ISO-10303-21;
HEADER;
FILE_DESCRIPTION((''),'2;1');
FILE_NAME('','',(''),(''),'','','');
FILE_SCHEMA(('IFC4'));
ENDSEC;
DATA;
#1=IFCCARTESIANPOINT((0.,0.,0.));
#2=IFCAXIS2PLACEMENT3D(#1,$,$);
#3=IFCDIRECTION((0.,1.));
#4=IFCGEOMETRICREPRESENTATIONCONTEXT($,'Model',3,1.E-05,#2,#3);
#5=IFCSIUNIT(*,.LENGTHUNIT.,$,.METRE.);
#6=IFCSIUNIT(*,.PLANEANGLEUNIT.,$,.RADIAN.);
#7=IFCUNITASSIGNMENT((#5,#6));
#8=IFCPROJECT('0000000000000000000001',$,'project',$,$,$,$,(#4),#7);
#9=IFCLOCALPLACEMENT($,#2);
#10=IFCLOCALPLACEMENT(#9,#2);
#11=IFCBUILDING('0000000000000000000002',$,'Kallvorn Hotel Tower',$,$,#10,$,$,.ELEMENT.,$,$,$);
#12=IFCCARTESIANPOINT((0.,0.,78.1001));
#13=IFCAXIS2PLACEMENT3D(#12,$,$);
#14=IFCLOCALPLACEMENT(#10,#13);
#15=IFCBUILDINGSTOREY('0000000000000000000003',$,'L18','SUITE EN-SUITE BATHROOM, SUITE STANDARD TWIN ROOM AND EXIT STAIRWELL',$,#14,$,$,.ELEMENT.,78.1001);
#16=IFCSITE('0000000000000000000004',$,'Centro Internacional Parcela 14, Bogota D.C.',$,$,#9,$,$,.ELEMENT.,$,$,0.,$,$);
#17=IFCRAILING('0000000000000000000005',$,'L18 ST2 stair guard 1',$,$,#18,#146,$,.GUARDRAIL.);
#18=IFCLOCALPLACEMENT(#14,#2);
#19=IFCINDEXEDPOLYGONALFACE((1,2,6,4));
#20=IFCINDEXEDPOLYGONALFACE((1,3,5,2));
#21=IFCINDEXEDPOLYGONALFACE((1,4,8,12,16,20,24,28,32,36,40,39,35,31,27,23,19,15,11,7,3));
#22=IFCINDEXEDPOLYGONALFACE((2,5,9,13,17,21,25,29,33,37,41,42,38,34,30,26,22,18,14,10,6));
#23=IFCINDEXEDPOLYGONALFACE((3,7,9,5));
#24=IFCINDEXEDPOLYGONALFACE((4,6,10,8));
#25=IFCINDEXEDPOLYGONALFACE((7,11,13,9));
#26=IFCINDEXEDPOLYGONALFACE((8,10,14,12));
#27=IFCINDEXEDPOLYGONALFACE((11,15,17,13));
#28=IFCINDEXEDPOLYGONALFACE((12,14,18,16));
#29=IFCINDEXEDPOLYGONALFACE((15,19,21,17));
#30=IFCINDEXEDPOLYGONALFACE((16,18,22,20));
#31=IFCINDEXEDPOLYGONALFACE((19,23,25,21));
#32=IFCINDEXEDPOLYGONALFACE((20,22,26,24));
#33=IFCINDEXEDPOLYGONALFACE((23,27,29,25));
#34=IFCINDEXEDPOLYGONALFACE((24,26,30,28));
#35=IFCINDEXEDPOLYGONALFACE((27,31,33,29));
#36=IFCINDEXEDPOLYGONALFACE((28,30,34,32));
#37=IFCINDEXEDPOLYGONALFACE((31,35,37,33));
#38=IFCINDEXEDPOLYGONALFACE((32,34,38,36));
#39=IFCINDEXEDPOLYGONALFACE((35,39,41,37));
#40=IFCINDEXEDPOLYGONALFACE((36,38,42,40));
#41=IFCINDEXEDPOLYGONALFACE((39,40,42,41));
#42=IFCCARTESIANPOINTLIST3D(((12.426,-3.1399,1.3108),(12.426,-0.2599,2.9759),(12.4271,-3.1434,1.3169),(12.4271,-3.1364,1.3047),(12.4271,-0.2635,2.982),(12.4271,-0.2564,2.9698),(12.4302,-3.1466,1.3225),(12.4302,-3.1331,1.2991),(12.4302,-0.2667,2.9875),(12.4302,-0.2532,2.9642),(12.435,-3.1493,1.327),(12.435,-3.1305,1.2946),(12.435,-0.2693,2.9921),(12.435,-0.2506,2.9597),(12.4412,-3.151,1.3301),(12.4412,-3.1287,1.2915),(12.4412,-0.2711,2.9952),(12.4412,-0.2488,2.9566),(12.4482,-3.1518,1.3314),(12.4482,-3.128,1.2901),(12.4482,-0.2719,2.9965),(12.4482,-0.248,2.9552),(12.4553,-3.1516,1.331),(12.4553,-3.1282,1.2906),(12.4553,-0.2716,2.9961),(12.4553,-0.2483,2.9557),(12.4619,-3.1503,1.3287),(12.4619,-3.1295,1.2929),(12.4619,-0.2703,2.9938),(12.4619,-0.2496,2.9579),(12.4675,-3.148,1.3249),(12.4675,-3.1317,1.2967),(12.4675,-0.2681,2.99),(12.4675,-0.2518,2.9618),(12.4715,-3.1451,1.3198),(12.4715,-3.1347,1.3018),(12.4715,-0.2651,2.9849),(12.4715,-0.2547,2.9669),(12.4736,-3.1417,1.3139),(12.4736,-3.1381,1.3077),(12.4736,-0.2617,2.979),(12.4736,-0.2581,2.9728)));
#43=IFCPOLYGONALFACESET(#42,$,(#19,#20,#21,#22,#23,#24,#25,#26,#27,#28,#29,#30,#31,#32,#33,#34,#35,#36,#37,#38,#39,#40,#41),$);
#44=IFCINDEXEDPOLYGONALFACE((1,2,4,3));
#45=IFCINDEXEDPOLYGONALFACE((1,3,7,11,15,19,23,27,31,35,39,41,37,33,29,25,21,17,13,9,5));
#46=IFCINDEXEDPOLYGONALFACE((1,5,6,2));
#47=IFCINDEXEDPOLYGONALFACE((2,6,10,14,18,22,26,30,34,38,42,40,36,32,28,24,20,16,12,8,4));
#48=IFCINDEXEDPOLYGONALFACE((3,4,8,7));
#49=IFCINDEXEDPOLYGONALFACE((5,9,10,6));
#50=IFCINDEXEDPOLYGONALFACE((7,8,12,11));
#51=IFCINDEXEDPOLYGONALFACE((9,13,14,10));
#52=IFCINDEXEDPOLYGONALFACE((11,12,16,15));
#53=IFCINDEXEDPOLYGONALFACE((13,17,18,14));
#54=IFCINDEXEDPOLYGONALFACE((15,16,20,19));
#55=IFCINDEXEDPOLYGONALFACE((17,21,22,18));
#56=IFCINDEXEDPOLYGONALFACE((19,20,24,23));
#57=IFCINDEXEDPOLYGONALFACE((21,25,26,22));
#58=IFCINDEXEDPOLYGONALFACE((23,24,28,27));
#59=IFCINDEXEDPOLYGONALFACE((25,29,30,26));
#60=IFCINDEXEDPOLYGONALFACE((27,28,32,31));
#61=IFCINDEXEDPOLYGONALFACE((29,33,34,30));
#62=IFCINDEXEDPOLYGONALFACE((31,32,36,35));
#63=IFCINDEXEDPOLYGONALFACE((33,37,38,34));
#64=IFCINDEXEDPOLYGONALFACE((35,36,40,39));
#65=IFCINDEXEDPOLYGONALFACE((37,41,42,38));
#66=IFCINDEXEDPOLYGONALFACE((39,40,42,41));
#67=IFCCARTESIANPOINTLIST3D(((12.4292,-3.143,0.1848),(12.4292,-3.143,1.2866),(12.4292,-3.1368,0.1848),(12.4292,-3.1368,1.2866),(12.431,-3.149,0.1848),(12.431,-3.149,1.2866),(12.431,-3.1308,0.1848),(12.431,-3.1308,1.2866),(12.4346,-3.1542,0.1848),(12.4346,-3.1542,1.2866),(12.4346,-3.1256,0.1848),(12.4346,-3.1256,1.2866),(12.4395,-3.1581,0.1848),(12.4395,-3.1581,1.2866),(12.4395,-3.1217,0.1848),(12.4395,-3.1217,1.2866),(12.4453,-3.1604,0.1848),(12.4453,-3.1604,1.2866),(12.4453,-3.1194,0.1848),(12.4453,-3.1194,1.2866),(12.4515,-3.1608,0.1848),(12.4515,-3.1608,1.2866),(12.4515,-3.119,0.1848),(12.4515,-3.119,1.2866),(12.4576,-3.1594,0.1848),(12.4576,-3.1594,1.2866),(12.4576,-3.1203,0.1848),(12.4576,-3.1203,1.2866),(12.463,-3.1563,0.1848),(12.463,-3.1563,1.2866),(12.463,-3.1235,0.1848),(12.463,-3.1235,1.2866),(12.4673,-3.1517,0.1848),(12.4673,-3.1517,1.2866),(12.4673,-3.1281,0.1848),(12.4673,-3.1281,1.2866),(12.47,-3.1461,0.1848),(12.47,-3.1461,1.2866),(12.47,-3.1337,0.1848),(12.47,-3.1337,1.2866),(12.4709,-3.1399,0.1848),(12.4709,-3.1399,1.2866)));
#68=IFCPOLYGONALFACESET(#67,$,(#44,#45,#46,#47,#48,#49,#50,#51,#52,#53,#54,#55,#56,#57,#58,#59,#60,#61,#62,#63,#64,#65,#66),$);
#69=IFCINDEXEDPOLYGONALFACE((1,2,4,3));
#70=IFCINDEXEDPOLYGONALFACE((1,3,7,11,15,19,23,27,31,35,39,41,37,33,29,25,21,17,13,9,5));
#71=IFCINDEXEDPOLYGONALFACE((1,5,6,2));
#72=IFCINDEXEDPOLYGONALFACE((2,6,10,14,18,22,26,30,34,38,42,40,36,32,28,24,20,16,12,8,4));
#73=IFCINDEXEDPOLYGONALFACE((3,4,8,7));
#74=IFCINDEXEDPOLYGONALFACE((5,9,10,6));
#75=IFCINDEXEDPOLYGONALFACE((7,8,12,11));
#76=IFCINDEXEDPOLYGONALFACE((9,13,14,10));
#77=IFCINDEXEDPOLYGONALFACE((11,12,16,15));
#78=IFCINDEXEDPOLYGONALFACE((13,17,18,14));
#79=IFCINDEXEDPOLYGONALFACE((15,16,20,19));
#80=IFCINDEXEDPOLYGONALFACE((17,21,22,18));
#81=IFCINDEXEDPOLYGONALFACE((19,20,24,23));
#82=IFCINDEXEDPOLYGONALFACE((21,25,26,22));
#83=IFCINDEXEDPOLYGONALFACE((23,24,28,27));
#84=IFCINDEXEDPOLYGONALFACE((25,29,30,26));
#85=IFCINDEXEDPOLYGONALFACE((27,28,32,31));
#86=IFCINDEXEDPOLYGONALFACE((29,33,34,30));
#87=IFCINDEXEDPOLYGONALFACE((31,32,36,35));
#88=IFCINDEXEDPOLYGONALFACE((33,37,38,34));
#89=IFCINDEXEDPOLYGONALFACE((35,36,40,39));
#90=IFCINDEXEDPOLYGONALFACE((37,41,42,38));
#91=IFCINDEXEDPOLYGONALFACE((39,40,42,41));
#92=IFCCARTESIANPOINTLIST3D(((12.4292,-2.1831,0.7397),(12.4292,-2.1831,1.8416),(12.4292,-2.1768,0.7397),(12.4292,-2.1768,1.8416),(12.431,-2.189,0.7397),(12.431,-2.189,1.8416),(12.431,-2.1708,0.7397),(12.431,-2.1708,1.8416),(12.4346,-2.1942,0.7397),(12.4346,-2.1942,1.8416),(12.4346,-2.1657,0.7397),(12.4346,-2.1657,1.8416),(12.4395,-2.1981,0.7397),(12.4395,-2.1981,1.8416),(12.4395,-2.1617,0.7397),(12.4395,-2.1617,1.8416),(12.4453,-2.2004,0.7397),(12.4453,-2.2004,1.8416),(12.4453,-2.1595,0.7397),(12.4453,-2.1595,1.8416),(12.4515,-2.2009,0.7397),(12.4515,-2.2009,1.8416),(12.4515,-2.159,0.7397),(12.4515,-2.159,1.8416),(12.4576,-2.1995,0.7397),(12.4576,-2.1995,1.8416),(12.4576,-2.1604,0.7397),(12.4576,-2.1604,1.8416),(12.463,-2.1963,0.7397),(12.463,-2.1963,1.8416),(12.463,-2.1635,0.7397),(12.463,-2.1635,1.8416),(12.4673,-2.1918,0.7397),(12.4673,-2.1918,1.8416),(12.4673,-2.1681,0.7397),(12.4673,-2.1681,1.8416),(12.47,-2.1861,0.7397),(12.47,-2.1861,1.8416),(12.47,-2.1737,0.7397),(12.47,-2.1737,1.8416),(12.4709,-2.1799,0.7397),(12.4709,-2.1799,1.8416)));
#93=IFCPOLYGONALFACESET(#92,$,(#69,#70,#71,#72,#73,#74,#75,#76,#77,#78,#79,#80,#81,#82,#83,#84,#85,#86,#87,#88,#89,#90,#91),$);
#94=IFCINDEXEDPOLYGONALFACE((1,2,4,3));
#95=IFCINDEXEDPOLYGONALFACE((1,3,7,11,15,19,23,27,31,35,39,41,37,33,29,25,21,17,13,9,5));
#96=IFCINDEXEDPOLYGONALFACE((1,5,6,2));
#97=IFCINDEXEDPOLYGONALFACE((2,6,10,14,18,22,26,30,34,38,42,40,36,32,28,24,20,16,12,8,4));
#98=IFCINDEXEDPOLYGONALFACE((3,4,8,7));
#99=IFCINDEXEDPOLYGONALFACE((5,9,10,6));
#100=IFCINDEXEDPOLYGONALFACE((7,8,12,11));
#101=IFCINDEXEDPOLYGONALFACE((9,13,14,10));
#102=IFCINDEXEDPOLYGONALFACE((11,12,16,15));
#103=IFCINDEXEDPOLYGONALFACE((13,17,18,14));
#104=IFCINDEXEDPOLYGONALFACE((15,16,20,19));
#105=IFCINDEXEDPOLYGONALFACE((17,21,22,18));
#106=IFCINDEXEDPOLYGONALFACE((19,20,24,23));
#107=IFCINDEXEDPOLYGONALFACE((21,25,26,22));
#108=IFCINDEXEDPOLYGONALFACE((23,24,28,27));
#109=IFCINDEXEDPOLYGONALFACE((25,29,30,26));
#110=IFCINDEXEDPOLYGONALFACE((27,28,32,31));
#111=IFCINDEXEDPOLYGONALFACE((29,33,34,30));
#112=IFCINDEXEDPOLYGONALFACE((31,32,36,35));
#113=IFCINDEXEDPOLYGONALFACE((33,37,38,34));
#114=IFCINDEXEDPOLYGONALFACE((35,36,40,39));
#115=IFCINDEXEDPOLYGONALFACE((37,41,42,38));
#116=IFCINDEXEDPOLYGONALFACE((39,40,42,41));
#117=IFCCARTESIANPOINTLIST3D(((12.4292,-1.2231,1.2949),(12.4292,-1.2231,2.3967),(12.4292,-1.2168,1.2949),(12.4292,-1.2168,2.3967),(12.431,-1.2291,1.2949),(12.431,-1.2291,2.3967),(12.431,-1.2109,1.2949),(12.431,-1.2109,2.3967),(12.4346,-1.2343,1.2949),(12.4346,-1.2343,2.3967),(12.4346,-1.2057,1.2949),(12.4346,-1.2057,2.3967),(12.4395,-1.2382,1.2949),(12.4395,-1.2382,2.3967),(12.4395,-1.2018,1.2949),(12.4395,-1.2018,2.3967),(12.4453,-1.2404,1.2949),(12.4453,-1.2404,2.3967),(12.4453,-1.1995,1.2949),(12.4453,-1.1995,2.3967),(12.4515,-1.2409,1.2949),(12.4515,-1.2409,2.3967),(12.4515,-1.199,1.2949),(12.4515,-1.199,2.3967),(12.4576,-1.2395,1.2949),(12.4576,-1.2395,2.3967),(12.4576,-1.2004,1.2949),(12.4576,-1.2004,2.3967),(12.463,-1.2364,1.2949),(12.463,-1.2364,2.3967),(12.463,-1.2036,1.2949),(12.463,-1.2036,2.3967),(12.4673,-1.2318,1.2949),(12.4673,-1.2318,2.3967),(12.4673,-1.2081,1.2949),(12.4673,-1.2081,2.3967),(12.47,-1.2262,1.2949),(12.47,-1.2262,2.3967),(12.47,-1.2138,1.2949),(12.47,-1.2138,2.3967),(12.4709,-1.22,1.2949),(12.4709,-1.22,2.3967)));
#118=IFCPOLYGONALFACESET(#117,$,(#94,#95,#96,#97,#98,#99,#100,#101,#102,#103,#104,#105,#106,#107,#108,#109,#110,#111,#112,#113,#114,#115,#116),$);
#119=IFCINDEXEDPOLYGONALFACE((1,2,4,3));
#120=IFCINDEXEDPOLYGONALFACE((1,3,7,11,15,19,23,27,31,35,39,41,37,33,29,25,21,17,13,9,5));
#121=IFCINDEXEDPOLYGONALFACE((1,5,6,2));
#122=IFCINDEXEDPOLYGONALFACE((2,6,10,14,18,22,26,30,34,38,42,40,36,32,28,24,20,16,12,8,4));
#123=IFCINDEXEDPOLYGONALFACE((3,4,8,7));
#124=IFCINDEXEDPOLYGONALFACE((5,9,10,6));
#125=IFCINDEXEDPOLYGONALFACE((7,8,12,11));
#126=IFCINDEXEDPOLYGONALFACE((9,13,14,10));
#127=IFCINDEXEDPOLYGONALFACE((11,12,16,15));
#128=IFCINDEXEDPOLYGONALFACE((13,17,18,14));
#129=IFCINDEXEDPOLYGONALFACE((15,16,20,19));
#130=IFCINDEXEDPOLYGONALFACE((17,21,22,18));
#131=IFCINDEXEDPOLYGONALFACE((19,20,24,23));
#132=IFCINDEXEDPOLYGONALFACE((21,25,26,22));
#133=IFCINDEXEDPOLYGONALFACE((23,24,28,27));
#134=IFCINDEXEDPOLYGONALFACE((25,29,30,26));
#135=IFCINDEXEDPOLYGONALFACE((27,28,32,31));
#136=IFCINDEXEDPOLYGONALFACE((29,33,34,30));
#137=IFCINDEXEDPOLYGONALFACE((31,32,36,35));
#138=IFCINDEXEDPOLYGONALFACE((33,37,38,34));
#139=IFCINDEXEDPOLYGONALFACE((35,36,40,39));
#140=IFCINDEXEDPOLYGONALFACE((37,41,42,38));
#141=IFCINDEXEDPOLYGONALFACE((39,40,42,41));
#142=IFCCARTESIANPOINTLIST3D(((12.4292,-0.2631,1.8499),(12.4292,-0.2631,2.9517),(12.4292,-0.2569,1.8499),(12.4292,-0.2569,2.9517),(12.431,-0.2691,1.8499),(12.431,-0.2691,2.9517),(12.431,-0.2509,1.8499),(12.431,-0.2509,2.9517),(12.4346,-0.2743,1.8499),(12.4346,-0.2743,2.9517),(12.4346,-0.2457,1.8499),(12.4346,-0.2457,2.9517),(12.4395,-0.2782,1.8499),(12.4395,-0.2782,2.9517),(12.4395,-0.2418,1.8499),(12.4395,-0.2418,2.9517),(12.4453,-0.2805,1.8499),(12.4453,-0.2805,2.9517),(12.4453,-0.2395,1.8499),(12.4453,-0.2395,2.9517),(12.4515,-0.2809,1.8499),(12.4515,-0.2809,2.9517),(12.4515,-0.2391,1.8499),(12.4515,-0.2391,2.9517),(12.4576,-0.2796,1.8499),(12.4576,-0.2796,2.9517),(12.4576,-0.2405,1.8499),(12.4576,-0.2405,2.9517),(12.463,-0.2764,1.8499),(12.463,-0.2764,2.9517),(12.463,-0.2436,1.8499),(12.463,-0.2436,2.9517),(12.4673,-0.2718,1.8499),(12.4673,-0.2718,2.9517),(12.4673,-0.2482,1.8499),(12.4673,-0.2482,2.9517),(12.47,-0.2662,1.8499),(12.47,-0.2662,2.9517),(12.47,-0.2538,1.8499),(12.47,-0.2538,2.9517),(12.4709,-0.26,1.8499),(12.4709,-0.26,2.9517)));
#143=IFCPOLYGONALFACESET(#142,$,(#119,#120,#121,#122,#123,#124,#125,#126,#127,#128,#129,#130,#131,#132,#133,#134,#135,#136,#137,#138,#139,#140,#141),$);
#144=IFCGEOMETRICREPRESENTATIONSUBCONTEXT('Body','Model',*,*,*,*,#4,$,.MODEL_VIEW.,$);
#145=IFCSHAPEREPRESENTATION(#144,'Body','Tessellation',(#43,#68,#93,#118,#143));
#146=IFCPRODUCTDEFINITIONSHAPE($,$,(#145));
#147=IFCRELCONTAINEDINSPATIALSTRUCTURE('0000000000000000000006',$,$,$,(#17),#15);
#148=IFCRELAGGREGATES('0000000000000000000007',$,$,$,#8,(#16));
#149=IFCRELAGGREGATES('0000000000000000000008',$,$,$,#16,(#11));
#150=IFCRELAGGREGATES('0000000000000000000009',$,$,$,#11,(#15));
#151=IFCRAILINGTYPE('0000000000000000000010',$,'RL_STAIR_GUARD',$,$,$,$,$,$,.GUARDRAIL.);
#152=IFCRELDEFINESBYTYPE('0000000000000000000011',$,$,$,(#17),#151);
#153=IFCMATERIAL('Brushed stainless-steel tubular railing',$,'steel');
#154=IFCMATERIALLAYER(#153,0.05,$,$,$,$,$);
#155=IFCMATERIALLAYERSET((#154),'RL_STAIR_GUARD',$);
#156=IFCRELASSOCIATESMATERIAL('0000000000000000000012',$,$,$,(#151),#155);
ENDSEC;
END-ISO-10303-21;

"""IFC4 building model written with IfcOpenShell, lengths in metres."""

from ifc_helpers import new_model, si_unit, direction, frame, origin, origin_2d, place, context, subcontext, project, spatial, circle, extrude, material, layer, layer_set, type_object, element, save


model = new_model("IFC4")

# Units and contexts
model_context = context("Model", 3, precision=1e-05, world=origin(), true_north=direction((0.0, 1.0)))
body_context = subcontext(model_context, "Body", "Model", "MODEL_VIEW")
ifc_project = project(units=[si_unit("LENGTHUNIT", "METRE"), si_unit("PLANEANGLEUNIT", "RADIAN")], contexts=[model_context])

# Site, building, storey
site_placement = place(None, origin())
site = spatial("IfcSite", under=ifc_project, at=site_placement, Name="Centro Internacional Parcela 14, Bogota D.C.", CompositionType="ELEMENT", RefElevation=0.0)
building_placement = place(site_placement, origin())
building = spatial("IfcBuilding", under=site, at=building_placement, Name="Kallvorn Hotel Tower", CompositionType="ELEMENT")
storey_placement = place(building_placement, frame((0.0, 0.0, 78.1001)))
storey = spatial("IfcBuildingStorey", under=building, at=storey_placement, Name="L18", Description="SUITE EN-SUITE BATHROOM, SUITE STANDARD TWIN ROOM AND EXIT STAIRWELL", CompositionType="ELEMENT", Elevation=78.1001)

# Railing
ifc_material_1 = material(Name="Brushed stainless-steel tubular railing", Category="steel")
ifc_layer_1 = layer(ifc_material_1, 0.05)
ifc_layer_set_1 = layer_set([ifc_layer_1], Name="RL_STAIR_GUARD")
railing_type_1 = type_object("IfcRailingType", Name="RL_STAIR_GUARD", PredefinedType="GUARDRAIL", material=ifc_layer_set_1)
railing_1_placement = place(storey_placement, frame((12.45, -3.1399, 0.1848)))
element("IfcRailing", 1, at=railing_1_placement, inside=storey, type_object=railing_type_1, Name="L18 ST2 stair guard 1", PredefinedType="GUARDRAIL", context=body_context, shape_type="SweptSolid", body=[
    extrude(circle(Radius=0.0239, at=origin_2d()), frame((0.0, 0.0, 1.126), z_axis=(0.0, 0.865721, 0.500527), x_axis=(-1.0, 0.0, 0.0)), (0.0, 0.0, 1.0), 3.3267),
    extrude(circle(Radius=0.021, at=origin_2d()), origin(), (0.0, 0.0, 1.0), 1.1018),
    extrude(circle(Radius=0.021, at=origin_2d()), frame((0.0, 0.96, 0.5549)), (0.0, 0.0, 1.0), 1.1018),
    extrude(circle(Radius=0.021, at=origin_2d()), frame((0.0, 1.9199, 1.1101)), (0.0, 0.0, 1.0), 1.1018),
    extrude(circle(Radius=0.021, at=origin_2d()), frame((0.0, 2.8799, 1.665)), (0.0, 0.0, 1.0), 1.1018),
])

save(model, "model.ifc")
